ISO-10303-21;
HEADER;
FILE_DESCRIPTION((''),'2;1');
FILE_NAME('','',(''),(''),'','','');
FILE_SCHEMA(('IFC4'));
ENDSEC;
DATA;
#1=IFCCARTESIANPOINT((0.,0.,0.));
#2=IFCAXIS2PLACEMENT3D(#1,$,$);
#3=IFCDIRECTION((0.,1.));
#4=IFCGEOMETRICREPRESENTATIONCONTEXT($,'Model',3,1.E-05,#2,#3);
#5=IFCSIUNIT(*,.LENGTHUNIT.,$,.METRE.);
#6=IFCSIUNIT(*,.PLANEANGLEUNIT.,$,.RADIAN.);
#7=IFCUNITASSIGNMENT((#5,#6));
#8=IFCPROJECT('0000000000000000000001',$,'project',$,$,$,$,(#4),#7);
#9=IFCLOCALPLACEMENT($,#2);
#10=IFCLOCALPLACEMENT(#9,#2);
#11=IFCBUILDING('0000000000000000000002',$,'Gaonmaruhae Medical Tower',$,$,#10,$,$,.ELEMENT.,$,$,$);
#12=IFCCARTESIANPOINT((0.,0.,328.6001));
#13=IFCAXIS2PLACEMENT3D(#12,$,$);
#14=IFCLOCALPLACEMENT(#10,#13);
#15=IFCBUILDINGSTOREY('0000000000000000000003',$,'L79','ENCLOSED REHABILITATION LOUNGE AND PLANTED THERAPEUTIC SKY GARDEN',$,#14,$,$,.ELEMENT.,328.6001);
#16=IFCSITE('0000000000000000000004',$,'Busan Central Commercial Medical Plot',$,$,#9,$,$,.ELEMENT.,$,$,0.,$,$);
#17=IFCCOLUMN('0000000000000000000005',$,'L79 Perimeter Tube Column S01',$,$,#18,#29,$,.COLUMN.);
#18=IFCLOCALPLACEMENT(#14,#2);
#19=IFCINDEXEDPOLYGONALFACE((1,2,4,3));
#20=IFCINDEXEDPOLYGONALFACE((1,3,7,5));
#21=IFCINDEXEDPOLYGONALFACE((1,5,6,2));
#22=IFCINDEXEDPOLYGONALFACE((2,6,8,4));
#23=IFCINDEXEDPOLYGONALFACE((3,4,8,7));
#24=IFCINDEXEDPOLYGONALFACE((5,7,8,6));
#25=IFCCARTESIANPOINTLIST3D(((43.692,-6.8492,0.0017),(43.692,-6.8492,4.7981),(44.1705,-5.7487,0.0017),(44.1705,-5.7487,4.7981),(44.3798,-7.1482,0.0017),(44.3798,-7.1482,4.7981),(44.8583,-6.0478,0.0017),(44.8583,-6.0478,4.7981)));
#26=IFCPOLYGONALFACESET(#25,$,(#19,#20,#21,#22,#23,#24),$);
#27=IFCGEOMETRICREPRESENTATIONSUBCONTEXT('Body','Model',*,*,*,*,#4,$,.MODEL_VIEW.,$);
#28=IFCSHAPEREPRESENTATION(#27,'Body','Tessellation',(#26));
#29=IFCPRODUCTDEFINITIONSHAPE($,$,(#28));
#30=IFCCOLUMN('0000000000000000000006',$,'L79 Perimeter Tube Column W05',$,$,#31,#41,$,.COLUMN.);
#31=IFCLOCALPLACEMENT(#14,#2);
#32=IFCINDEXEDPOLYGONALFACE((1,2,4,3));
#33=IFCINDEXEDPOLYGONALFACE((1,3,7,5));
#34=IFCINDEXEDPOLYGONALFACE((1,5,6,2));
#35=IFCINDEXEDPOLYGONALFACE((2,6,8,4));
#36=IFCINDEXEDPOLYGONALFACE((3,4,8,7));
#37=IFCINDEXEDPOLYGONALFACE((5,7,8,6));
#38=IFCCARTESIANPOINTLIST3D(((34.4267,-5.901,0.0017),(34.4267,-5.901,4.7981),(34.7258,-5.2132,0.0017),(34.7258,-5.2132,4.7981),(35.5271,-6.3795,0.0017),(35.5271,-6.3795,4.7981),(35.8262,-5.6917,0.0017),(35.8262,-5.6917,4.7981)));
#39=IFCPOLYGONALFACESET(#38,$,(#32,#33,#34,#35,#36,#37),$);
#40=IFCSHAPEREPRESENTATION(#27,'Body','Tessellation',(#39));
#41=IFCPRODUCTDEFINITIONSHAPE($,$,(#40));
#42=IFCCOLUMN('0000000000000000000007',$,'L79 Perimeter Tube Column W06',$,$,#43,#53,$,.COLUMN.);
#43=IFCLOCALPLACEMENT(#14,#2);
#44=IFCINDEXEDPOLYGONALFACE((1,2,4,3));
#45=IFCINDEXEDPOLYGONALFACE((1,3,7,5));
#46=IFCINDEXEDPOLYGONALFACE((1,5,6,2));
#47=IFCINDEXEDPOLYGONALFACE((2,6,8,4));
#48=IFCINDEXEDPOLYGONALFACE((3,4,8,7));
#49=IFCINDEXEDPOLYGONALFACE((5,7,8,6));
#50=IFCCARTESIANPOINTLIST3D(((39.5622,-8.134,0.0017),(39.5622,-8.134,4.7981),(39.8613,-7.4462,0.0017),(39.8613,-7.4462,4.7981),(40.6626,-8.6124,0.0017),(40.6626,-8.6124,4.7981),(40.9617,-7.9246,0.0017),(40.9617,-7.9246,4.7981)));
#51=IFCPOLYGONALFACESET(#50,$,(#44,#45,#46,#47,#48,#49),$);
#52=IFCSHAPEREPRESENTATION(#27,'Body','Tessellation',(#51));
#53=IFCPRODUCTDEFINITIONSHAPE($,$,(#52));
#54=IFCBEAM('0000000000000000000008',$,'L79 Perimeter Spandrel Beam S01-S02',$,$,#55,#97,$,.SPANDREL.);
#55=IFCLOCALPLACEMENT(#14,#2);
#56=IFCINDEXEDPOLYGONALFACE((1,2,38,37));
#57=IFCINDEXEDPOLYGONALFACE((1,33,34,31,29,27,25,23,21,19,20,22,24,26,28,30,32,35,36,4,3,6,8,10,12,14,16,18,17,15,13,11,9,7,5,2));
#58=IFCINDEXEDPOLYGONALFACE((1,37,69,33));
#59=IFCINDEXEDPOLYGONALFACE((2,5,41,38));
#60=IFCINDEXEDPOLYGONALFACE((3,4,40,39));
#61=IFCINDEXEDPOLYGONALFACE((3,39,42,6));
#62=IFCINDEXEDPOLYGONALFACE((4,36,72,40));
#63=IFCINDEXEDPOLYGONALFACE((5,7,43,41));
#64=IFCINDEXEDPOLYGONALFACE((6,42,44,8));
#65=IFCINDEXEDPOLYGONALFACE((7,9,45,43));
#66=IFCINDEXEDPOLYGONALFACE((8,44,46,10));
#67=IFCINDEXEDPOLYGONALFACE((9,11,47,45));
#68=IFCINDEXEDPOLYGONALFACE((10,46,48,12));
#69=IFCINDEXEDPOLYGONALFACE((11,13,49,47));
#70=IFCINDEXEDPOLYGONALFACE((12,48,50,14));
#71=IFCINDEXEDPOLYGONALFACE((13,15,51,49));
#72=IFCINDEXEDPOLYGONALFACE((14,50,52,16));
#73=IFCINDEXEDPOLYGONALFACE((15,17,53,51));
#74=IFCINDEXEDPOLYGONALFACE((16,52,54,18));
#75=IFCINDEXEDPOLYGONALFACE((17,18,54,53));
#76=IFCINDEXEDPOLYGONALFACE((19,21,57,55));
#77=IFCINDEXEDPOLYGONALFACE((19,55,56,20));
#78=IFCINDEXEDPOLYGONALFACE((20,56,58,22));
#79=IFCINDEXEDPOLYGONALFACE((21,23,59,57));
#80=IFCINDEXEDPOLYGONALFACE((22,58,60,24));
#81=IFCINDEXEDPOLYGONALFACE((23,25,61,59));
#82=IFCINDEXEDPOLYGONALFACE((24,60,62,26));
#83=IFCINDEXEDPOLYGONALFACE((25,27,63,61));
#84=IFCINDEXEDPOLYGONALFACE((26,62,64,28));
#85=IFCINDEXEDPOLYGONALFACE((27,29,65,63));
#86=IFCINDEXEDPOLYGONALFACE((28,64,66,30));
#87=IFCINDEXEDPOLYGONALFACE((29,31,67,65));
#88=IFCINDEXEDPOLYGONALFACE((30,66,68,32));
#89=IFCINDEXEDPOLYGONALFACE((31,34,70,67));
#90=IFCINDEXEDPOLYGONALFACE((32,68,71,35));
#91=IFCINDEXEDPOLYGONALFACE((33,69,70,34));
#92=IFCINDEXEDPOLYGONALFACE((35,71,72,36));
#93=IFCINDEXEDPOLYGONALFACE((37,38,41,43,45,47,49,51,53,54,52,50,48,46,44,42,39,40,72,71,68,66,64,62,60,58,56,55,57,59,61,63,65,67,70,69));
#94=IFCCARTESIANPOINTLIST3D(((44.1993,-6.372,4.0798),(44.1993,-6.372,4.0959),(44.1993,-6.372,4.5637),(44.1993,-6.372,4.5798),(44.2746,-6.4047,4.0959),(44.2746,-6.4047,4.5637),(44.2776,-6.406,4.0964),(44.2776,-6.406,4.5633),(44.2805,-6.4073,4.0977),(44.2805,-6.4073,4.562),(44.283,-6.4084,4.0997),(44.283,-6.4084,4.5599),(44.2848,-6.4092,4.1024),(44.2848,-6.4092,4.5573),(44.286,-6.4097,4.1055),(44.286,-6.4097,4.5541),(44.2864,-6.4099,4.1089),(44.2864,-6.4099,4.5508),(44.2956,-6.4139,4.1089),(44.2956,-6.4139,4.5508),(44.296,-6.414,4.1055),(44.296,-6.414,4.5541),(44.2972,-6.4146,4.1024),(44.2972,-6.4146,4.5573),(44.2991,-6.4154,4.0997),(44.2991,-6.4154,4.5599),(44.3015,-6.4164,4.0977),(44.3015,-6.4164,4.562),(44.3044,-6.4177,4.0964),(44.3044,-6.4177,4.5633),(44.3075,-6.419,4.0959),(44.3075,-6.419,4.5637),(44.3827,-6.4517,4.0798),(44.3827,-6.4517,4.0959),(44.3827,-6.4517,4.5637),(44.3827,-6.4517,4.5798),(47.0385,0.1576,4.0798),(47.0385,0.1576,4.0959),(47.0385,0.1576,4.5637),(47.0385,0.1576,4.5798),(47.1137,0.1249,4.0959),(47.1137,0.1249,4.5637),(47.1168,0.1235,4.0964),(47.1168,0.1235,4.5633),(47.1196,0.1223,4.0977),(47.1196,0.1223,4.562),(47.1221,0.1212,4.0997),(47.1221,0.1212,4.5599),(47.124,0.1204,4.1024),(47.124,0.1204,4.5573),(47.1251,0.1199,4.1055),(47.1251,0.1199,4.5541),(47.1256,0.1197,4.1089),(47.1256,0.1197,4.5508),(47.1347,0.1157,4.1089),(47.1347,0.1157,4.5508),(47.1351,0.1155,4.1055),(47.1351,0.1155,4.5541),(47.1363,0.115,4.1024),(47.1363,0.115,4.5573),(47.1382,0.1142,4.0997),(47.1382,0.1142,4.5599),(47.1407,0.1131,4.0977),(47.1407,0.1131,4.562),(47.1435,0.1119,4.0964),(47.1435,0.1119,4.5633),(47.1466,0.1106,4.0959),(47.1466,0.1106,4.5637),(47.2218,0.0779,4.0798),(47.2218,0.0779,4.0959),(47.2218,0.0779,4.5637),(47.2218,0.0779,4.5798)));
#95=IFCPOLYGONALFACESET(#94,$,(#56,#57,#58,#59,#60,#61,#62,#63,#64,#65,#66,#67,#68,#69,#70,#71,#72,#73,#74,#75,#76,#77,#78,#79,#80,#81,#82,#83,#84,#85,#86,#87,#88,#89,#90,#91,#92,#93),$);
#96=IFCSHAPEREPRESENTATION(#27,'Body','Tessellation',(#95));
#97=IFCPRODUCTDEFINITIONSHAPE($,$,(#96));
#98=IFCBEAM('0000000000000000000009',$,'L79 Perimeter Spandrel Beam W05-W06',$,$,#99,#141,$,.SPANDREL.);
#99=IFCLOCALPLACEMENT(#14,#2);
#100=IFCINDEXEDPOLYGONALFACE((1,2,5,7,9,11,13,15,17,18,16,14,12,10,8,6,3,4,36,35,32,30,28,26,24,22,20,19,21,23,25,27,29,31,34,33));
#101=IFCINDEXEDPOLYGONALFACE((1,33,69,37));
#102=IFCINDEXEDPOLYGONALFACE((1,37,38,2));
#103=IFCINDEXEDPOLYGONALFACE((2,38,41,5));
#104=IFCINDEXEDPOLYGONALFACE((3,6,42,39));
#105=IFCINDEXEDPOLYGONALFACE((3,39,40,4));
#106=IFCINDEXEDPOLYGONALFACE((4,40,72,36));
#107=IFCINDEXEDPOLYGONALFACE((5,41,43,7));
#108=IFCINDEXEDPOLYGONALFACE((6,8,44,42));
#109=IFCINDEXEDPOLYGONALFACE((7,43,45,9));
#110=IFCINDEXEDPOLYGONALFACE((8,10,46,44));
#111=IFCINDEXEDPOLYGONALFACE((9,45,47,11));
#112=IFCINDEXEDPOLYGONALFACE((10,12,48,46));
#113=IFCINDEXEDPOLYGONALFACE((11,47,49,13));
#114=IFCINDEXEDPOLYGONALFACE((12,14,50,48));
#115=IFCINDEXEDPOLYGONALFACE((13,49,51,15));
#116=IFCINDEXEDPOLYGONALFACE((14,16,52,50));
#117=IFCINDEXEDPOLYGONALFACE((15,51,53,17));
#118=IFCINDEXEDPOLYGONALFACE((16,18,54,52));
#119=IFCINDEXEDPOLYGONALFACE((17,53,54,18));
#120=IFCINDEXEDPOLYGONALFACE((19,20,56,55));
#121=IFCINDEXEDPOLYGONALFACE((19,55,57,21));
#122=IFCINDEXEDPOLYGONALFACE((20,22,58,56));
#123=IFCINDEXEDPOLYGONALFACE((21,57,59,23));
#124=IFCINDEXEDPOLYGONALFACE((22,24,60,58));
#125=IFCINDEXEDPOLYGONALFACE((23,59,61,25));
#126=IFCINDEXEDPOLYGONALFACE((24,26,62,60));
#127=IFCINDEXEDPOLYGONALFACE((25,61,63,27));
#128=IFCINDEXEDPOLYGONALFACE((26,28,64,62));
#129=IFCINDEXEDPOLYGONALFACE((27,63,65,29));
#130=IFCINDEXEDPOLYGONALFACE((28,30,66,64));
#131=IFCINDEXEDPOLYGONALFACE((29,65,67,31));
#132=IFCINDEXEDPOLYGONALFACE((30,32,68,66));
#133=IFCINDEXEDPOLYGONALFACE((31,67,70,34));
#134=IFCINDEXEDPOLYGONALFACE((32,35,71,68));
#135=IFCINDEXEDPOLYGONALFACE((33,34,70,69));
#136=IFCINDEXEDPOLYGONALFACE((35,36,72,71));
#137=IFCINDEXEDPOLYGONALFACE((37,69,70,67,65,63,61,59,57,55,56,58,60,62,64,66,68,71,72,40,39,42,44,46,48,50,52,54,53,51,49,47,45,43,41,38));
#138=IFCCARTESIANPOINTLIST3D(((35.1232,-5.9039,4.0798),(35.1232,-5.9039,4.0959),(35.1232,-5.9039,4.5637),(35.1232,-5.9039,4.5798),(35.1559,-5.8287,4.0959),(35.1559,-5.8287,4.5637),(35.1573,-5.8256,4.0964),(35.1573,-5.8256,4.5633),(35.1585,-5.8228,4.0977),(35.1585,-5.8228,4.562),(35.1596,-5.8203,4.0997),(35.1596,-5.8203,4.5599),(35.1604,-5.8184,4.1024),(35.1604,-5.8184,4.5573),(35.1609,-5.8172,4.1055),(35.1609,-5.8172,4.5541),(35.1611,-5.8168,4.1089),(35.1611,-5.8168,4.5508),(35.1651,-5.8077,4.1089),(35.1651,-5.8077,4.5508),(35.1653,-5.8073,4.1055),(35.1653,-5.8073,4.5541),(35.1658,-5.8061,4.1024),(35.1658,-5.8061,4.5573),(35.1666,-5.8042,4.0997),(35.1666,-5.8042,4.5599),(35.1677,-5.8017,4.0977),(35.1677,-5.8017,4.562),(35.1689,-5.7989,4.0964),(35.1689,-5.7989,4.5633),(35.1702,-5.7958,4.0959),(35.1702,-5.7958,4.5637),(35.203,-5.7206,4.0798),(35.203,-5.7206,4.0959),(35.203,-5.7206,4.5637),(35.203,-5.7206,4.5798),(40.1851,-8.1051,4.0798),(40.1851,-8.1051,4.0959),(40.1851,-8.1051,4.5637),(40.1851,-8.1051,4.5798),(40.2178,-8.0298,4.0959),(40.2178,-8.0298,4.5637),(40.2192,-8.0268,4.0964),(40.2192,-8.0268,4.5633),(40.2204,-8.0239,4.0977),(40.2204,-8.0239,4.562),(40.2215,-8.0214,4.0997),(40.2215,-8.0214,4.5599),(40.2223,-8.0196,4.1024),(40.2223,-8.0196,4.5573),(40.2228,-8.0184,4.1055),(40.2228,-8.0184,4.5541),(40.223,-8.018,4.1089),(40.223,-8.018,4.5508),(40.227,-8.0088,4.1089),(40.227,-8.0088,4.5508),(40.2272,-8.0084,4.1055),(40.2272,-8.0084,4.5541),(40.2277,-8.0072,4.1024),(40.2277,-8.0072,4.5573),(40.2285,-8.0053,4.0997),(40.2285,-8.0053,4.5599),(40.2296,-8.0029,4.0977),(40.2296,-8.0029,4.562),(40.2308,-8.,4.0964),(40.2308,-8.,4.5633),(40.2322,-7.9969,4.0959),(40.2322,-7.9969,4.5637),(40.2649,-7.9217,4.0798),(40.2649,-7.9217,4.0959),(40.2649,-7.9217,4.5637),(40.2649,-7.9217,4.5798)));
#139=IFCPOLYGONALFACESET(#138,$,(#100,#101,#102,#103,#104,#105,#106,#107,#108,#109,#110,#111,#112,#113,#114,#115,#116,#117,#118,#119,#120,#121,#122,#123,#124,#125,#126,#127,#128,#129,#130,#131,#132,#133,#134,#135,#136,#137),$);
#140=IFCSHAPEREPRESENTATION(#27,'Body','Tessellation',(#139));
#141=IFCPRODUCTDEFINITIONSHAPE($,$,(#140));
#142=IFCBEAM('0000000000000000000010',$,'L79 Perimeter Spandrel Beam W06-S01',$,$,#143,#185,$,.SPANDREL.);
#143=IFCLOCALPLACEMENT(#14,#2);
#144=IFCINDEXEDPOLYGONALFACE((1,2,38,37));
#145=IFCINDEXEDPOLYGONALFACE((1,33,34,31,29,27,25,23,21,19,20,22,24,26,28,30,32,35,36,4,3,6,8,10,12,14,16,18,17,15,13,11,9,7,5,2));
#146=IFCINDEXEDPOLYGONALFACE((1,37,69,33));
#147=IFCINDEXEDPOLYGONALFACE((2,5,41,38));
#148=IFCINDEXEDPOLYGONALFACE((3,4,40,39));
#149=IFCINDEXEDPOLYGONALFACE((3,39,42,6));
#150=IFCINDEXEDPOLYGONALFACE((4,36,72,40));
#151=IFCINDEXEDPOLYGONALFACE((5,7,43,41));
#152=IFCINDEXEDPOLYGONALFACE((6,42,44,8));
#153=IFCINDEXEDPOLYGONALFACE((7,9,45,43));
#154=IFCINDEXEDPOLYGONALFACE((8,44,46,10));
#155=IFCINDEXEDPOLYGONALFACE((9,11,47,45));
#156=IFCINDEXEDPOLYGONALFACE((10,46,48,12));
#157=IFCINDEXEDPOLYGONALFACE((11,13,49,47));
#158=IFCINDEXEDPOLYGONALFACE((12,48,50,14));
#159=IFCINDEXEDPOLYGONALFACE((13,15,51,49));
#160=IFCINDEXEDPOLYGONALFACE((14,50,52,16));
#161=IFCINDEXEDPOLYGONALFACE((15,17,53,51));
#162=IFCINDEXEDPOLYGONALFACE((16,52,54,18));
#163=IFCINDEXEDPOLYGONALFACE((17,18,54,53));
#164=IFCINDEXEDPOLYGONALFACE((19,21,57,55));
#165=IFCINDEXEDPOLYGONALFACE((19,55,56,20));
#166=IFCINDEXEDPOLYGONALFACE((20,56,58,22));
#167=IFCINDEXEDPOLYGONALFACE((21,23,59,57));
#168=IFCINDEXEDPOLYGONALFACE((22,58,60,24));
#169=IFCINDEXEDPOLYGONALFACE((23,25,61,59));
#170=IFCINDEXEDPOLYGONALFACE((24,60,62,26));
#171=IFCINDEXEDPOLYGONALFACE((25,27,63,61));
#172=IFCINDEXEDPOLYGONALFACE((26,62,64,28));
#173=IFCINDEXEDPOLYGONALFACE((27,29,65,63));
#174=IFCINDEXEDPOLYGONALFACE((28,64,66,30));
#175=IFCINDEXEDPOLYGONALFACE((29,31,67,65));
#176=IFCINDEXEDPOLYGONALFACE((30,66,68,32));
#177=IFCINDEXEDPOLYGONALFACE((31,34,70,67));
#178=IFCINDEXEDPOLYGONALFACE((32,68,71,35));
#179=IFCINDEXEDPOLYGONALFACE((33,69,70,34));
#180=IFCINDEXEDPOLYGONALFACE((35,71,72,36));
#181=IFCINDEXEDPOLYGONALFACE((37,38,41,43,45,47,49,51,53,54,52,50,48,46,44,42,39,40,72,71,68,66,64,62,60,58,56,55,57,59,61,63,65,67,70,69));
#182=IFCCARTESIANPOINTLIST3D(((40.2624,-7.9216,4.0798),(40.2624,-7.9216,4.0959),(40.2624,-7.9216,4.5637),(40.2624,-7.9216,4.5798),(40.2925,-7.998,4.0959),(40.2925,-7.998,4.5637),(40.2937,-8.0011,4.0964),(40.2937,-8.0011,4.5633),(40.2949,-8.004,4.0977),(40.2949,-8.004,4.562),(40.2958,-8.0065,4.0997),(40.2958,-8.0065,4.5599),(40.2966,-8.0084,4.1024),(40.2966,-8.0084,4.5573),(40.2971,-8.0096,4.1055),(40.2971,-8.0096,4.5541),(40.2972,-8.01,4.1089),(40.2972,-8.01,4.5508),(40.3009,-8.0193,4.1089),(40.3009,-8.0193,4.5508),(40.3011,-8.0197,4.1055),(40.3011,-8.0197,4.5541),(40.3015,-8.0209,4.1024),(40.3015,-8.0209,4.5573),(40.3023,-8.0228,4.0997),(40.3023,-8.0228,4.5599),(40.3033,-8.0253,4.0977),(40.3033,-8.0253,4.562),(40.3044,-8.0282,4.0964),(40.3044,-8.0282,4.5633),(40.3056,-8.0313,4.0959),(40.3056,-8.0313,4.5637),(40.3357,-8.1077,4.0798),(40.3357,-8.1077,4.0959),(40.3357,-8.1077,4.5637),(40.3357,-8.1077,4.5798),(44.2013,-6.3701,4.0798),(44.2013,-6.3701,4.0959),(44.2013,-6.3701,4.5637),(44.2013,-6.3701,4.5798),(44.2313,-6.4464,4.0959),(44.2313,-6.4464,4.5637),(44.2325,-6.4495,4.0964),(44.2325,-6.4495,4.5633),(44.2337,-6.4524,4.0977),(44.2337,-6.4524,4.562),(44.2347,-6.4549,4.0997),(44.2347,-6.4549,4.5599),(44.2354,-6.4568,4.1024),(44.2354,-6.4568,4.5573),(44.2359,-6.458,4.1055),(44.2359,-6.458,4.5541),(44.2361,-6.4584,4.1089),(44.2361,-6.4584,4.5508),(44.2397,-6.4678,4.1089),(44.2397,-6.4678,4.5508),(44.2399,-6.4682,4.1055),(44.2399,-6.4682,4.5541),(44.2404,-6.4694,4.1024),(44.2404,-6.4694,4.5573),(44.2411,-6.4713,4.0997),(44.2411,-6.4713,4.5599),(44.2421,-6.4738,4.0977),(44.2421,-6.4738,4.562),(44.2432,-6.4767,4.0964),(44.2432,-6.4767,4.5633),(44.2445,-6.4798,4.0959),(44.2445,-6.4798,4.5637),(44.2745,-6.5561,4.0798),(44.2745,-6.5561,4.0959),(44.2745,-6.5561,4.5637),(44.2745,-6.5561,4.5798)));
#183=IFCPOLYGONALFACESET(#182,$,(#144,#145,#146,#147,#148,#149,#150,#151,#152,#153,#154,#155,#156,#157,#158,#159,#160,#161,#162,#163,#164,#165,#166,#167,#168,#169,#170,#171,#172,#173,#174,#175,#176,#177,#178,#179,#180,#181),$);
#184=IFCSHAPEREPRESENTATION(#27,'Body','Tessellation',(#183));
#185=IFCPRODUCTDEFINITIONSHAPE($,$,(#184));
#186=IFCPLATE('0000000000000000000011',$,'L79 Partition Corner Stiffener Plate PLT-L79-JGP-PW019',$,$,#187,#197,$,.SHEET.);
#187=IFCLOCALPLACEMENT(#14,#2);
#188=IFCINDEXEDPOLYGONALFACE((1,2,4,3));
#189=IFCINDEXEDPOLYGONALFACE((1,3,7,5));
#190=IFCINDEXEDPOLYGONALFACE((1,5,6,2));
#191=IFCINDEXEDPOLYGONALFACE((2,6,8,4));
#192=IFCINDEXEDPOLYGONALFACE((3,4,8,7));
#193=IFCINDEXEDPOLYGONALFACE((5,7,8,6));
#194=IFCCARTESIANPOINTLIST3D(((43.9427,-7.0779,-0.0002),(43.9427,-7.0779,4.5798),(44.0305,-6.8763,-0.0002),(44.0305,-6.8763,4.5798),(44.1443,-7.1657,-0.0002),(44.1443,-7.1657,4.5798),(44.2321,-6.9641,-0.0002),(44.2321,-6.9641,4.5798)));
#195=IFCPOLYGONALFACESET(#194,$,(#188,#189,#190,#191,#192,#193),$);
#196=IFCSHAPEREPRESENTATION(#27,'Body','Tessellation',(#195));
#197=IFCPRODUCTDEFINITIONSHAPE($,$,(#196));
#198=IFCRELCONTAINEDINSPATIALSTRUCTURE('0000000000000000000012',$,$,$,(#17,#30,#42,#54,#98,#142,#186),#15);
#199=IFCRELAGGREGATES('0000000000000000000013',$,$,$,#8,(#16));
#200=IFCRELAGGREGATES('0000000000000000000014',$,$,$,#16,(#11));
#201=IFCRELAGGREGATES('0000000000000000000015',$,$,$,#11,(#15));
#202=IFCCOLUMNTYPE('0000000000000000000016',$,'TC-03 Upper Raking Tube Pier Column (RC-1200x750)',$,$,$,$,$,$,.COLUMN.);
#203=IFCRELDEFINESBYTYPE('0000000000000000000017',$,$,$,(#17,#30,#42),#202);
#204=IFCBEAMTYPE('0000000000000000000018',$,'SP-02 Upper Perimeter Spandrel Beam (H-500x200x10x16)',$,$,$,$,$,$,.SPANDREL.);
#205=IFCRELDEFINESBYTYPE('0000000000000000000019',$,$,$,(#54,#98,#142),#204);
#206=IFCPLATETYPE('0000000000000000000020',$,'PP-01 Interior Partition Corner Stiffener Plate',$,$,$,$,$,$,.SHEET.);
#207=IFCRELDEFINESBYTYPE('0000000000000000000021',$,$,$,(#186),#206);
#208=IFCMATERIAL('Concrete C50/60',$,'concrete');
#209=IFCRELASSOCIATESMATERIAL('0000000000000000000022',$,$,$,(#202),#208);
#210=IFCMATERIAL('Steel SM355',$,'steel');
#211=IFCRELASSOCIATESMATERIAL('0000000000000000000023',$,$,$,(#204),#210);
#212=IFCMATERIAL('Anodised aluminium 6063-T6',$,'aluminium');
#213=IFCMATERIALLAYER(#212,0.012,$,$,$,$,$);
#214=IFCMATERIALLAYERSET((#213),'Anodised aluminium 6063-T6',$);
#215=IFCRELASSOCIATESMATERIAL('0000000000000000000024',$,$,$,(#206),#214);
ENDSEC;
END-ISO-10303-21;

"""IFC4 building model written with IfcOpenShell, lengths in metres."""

from ifc_helpers import new_model, si_unit, direction, frame, origin, origin_2d, place, context, subcontext, project, spatial, rectangle, i_section, extrude, material, layer, layer_set, material_profile, profile_set, type_object, element, save


model = new_model("IFC4")

# Units and contexts
model_context = context("Model", 3, precision=1e-05, world=origin(), true_north=direction((0.0, 1.0)))
body_context = subcontext(model_context, "Body", "Model", "MODEL_VIEW")
ifc_project = project(units=[si_unit("LENGTHUNIT", "METRE"), si_unit("PLANEANGLEUNIT", "RADIAN")], contexts=[model_context])

# Site, building, storey
site_placement = place(None, origin())
site = spatial("IfcSite", under=ifc_project, at=site_placement, Name="Busan Central Commercial Medical Plot", CompositionType="ELEMENT", RefElevation=0.0)
building_placement = place(site_placement, origin())
building = spatial("IfcBuilding", under=site, at=building_placement, Name="Gaonmaruhae Medical Tower", CompositionType="ELEMENT")
storey_placement = place(building_placement, frame((0.0, 0.0, 328.6001)))
storey = spatial("IfcBuildingStorey", under=building, at=storey_placement, Name="L79", Description="ENCLOSED REHABILITATION LOUNGE AND PLANTED THERAPEUTIC SKY GARDEN", CompositionType="ELEMENT", Elevation=328.6001)

# Columns
ifc_material_1 = material(Name="Concrete C50/60", Category="concrete")
ifc_material_profile_1 = material_profile(ifc_material_1, rectangle(XDim=1.2, YDim=0.75, at=origin_2d()), Name="RC-1200x750")
ifc_profile_set_1 = profile_set([ifc_material_profile_1], Name="Concrete C50/60")
column_type = type_object("IfcColumnType", Name="TC-03 Upper Raking Tube Pier Column (RC-1200x750)", PredefinedType="COLUMN", material=ifc_profile_set_1)
for number, where, z_axis, x_axis, name in (
    (1, (44.2751, -6.4485, 0.0017), (0.0, 0.0, 1.0), (0.398749, 0.91706, 0.0), "L79 Perimeter Tube Column S01"),
    (2, (35.1265, -5.7964, 0.0017), (0.0, 0.0, 1.0), (-0.91706, 0.398749, 0.0), "L79 Perimeter Tube Column W05"),
    (3, (40.262, -8.0293, 0.0017), (0.0, 0.0, 1.0), (-0.91706, 0.398749, 0.0), "L79 Perimeter Tube Column W06"),
):
    element("IfcColumn", number, at=place(storey_placement, frame(where, z_axis=z_axis, x_axis=x_axis)), inside=storey, type_object=column_type, Name=name, PredefinedType="COLUMN", context=body_context, shape_type="SweptSolid", body=[
        extrude(rectangle(XDim=1.2, YDim=0.75, at=origin_2d()), origin(), (0.0, 0.0, 1.0), 4.7964),
    ])

# Beams
ifc_material_2 = material(Name="Steel SM355", Category="steel")
ifc_material_profile_2 = material_profile(ifc_material_2, i_section(OverallWidth=0.2, OverallDepth=0.5, WebThickness=0.01, FlangeThickness=0.0161, FilletRadius=0.0129, at=origin_2d()), Name="H-500x200x10x16")
ifc_profile_set_2 = profile_set([ifc_material_profile_2], Name="Steel SM355")
beam_type = type_object("IfcBeamType", Name="SP-02 Upper Perimeter Spandrel Beam (H-500x200x10x16)", PredefinedType="SPANDREL", material=ifc_profile_set_2)
beam_1_placement = place(storey_placement, frame((44.291, -6.4119, 4.3298), z_axis=(0.398747, 0.917061, 0.0), x_axis=(-0.917061, 0.398747, 0.0)))
element("IfcBeam", 4, at=beam_1_placement, inside=storey, type_object=beam_type, Name="L79 Perimeter Spandrel Beam S01-S02", PredefinedType="SPANDREL", context=body_context, shape_type="SweptSolid", body=[
    extrude(i_section(OverallWidth=0.2, OverallDepth=0.5, WebThickness=0.01, FlangeThickness=0.0161, FilletRadius=0.0129, at=origin_2d()), origin(), (0.0, 0.0, 1.0), 7.1201),
])
beam_2_placement = place(storey_placement, frame((35.1631, -5.8123, 4.3298), z_axis=(0.91705, -0.398771, 0.0), x_axis=(0.398771, 0.91705, 0.0)))
element("IfcBeam", 5, at=beam_2_placement, inside=storey, type_object=beam_type, Name="L79 Perimeter Spandrel Beam W05-W06", PredefinedType="SPANDREL", context=body_context, shape_type="SweptSolid", body=[
    extrude(i_section(OverallWidth=0.2, OverallDepth=0.5, WebThickness=0.01, FlangeThickness=0.0161, FilletRadius=0.0129, at=origin_2d()), origin(), (0.0, 0.0, 1.0), 5.5198),
])
beam_3_placement = place(storey_placement, frame((40.2991, -8.0146, 4.3298), z_axis=(0.930417, 0.366503, 0.0), x_axis=(-0.366503, 0.930417, 0.0)))
element("IfcBeam", 6, at=beam_3_placement, inside=storey, type_object=beam_type, Name="L79 Perimeter Spandrel Beam W06-S01", PredefinedType="SPANDREL", context=body_context, shape_type="SweptSolid", body=[
    extrude(i_section(OverallWidth=0.2, OverallDepth=0.5, WebThickness=0.01, FlangeThickness=0.0161, FilletRadius=0.0129, at=origin_2d()), origin(), (0.0, 0.0, 1.0), 4.2334),
])

# Plate
ifc_material_3 = material(Name="Anodised aluminium 6063-T6", Category="aluminium")
ifc_layer_1 = layer(ifc_material_3, 0.012)
ifc_layer_set_1 = layer_set([ifc_layer_1], Name="Anodised aluminium 6063-T6")
plate_type = type_object("IfcPlateType", Name="PP-01 Interior Partition Corner Stiffener Plate", PredefinedType="SHEET", material=ifc_layer_set_1)
for number, where, z_axis, x_axis, name in (
    (7, (44.0874, -7.021, -0.0002), (0.0, 0.0, 1.0), (-0.916879, 0.399165, 0.0), "L79 Partition Corner Stiffener Plate PLT-L79-JGP-PW019"),
):
    element("IfcPlate", number, at=place(storey_placement, frame(where, z_axis=z_axis, x_axis=x_axis)), inside=storey, type_object=plate_type, Name=name, PredefinedType="SHEET", context=body_context, shape_type="SweptSolid", body=[
        extrude(rectangle(XDim=0.22, YDim=0.22, at=origin_2d()), origin(), (0.0, 0.0, 1.0), 4.5801),
    ])

save(model, "model.ifc")
